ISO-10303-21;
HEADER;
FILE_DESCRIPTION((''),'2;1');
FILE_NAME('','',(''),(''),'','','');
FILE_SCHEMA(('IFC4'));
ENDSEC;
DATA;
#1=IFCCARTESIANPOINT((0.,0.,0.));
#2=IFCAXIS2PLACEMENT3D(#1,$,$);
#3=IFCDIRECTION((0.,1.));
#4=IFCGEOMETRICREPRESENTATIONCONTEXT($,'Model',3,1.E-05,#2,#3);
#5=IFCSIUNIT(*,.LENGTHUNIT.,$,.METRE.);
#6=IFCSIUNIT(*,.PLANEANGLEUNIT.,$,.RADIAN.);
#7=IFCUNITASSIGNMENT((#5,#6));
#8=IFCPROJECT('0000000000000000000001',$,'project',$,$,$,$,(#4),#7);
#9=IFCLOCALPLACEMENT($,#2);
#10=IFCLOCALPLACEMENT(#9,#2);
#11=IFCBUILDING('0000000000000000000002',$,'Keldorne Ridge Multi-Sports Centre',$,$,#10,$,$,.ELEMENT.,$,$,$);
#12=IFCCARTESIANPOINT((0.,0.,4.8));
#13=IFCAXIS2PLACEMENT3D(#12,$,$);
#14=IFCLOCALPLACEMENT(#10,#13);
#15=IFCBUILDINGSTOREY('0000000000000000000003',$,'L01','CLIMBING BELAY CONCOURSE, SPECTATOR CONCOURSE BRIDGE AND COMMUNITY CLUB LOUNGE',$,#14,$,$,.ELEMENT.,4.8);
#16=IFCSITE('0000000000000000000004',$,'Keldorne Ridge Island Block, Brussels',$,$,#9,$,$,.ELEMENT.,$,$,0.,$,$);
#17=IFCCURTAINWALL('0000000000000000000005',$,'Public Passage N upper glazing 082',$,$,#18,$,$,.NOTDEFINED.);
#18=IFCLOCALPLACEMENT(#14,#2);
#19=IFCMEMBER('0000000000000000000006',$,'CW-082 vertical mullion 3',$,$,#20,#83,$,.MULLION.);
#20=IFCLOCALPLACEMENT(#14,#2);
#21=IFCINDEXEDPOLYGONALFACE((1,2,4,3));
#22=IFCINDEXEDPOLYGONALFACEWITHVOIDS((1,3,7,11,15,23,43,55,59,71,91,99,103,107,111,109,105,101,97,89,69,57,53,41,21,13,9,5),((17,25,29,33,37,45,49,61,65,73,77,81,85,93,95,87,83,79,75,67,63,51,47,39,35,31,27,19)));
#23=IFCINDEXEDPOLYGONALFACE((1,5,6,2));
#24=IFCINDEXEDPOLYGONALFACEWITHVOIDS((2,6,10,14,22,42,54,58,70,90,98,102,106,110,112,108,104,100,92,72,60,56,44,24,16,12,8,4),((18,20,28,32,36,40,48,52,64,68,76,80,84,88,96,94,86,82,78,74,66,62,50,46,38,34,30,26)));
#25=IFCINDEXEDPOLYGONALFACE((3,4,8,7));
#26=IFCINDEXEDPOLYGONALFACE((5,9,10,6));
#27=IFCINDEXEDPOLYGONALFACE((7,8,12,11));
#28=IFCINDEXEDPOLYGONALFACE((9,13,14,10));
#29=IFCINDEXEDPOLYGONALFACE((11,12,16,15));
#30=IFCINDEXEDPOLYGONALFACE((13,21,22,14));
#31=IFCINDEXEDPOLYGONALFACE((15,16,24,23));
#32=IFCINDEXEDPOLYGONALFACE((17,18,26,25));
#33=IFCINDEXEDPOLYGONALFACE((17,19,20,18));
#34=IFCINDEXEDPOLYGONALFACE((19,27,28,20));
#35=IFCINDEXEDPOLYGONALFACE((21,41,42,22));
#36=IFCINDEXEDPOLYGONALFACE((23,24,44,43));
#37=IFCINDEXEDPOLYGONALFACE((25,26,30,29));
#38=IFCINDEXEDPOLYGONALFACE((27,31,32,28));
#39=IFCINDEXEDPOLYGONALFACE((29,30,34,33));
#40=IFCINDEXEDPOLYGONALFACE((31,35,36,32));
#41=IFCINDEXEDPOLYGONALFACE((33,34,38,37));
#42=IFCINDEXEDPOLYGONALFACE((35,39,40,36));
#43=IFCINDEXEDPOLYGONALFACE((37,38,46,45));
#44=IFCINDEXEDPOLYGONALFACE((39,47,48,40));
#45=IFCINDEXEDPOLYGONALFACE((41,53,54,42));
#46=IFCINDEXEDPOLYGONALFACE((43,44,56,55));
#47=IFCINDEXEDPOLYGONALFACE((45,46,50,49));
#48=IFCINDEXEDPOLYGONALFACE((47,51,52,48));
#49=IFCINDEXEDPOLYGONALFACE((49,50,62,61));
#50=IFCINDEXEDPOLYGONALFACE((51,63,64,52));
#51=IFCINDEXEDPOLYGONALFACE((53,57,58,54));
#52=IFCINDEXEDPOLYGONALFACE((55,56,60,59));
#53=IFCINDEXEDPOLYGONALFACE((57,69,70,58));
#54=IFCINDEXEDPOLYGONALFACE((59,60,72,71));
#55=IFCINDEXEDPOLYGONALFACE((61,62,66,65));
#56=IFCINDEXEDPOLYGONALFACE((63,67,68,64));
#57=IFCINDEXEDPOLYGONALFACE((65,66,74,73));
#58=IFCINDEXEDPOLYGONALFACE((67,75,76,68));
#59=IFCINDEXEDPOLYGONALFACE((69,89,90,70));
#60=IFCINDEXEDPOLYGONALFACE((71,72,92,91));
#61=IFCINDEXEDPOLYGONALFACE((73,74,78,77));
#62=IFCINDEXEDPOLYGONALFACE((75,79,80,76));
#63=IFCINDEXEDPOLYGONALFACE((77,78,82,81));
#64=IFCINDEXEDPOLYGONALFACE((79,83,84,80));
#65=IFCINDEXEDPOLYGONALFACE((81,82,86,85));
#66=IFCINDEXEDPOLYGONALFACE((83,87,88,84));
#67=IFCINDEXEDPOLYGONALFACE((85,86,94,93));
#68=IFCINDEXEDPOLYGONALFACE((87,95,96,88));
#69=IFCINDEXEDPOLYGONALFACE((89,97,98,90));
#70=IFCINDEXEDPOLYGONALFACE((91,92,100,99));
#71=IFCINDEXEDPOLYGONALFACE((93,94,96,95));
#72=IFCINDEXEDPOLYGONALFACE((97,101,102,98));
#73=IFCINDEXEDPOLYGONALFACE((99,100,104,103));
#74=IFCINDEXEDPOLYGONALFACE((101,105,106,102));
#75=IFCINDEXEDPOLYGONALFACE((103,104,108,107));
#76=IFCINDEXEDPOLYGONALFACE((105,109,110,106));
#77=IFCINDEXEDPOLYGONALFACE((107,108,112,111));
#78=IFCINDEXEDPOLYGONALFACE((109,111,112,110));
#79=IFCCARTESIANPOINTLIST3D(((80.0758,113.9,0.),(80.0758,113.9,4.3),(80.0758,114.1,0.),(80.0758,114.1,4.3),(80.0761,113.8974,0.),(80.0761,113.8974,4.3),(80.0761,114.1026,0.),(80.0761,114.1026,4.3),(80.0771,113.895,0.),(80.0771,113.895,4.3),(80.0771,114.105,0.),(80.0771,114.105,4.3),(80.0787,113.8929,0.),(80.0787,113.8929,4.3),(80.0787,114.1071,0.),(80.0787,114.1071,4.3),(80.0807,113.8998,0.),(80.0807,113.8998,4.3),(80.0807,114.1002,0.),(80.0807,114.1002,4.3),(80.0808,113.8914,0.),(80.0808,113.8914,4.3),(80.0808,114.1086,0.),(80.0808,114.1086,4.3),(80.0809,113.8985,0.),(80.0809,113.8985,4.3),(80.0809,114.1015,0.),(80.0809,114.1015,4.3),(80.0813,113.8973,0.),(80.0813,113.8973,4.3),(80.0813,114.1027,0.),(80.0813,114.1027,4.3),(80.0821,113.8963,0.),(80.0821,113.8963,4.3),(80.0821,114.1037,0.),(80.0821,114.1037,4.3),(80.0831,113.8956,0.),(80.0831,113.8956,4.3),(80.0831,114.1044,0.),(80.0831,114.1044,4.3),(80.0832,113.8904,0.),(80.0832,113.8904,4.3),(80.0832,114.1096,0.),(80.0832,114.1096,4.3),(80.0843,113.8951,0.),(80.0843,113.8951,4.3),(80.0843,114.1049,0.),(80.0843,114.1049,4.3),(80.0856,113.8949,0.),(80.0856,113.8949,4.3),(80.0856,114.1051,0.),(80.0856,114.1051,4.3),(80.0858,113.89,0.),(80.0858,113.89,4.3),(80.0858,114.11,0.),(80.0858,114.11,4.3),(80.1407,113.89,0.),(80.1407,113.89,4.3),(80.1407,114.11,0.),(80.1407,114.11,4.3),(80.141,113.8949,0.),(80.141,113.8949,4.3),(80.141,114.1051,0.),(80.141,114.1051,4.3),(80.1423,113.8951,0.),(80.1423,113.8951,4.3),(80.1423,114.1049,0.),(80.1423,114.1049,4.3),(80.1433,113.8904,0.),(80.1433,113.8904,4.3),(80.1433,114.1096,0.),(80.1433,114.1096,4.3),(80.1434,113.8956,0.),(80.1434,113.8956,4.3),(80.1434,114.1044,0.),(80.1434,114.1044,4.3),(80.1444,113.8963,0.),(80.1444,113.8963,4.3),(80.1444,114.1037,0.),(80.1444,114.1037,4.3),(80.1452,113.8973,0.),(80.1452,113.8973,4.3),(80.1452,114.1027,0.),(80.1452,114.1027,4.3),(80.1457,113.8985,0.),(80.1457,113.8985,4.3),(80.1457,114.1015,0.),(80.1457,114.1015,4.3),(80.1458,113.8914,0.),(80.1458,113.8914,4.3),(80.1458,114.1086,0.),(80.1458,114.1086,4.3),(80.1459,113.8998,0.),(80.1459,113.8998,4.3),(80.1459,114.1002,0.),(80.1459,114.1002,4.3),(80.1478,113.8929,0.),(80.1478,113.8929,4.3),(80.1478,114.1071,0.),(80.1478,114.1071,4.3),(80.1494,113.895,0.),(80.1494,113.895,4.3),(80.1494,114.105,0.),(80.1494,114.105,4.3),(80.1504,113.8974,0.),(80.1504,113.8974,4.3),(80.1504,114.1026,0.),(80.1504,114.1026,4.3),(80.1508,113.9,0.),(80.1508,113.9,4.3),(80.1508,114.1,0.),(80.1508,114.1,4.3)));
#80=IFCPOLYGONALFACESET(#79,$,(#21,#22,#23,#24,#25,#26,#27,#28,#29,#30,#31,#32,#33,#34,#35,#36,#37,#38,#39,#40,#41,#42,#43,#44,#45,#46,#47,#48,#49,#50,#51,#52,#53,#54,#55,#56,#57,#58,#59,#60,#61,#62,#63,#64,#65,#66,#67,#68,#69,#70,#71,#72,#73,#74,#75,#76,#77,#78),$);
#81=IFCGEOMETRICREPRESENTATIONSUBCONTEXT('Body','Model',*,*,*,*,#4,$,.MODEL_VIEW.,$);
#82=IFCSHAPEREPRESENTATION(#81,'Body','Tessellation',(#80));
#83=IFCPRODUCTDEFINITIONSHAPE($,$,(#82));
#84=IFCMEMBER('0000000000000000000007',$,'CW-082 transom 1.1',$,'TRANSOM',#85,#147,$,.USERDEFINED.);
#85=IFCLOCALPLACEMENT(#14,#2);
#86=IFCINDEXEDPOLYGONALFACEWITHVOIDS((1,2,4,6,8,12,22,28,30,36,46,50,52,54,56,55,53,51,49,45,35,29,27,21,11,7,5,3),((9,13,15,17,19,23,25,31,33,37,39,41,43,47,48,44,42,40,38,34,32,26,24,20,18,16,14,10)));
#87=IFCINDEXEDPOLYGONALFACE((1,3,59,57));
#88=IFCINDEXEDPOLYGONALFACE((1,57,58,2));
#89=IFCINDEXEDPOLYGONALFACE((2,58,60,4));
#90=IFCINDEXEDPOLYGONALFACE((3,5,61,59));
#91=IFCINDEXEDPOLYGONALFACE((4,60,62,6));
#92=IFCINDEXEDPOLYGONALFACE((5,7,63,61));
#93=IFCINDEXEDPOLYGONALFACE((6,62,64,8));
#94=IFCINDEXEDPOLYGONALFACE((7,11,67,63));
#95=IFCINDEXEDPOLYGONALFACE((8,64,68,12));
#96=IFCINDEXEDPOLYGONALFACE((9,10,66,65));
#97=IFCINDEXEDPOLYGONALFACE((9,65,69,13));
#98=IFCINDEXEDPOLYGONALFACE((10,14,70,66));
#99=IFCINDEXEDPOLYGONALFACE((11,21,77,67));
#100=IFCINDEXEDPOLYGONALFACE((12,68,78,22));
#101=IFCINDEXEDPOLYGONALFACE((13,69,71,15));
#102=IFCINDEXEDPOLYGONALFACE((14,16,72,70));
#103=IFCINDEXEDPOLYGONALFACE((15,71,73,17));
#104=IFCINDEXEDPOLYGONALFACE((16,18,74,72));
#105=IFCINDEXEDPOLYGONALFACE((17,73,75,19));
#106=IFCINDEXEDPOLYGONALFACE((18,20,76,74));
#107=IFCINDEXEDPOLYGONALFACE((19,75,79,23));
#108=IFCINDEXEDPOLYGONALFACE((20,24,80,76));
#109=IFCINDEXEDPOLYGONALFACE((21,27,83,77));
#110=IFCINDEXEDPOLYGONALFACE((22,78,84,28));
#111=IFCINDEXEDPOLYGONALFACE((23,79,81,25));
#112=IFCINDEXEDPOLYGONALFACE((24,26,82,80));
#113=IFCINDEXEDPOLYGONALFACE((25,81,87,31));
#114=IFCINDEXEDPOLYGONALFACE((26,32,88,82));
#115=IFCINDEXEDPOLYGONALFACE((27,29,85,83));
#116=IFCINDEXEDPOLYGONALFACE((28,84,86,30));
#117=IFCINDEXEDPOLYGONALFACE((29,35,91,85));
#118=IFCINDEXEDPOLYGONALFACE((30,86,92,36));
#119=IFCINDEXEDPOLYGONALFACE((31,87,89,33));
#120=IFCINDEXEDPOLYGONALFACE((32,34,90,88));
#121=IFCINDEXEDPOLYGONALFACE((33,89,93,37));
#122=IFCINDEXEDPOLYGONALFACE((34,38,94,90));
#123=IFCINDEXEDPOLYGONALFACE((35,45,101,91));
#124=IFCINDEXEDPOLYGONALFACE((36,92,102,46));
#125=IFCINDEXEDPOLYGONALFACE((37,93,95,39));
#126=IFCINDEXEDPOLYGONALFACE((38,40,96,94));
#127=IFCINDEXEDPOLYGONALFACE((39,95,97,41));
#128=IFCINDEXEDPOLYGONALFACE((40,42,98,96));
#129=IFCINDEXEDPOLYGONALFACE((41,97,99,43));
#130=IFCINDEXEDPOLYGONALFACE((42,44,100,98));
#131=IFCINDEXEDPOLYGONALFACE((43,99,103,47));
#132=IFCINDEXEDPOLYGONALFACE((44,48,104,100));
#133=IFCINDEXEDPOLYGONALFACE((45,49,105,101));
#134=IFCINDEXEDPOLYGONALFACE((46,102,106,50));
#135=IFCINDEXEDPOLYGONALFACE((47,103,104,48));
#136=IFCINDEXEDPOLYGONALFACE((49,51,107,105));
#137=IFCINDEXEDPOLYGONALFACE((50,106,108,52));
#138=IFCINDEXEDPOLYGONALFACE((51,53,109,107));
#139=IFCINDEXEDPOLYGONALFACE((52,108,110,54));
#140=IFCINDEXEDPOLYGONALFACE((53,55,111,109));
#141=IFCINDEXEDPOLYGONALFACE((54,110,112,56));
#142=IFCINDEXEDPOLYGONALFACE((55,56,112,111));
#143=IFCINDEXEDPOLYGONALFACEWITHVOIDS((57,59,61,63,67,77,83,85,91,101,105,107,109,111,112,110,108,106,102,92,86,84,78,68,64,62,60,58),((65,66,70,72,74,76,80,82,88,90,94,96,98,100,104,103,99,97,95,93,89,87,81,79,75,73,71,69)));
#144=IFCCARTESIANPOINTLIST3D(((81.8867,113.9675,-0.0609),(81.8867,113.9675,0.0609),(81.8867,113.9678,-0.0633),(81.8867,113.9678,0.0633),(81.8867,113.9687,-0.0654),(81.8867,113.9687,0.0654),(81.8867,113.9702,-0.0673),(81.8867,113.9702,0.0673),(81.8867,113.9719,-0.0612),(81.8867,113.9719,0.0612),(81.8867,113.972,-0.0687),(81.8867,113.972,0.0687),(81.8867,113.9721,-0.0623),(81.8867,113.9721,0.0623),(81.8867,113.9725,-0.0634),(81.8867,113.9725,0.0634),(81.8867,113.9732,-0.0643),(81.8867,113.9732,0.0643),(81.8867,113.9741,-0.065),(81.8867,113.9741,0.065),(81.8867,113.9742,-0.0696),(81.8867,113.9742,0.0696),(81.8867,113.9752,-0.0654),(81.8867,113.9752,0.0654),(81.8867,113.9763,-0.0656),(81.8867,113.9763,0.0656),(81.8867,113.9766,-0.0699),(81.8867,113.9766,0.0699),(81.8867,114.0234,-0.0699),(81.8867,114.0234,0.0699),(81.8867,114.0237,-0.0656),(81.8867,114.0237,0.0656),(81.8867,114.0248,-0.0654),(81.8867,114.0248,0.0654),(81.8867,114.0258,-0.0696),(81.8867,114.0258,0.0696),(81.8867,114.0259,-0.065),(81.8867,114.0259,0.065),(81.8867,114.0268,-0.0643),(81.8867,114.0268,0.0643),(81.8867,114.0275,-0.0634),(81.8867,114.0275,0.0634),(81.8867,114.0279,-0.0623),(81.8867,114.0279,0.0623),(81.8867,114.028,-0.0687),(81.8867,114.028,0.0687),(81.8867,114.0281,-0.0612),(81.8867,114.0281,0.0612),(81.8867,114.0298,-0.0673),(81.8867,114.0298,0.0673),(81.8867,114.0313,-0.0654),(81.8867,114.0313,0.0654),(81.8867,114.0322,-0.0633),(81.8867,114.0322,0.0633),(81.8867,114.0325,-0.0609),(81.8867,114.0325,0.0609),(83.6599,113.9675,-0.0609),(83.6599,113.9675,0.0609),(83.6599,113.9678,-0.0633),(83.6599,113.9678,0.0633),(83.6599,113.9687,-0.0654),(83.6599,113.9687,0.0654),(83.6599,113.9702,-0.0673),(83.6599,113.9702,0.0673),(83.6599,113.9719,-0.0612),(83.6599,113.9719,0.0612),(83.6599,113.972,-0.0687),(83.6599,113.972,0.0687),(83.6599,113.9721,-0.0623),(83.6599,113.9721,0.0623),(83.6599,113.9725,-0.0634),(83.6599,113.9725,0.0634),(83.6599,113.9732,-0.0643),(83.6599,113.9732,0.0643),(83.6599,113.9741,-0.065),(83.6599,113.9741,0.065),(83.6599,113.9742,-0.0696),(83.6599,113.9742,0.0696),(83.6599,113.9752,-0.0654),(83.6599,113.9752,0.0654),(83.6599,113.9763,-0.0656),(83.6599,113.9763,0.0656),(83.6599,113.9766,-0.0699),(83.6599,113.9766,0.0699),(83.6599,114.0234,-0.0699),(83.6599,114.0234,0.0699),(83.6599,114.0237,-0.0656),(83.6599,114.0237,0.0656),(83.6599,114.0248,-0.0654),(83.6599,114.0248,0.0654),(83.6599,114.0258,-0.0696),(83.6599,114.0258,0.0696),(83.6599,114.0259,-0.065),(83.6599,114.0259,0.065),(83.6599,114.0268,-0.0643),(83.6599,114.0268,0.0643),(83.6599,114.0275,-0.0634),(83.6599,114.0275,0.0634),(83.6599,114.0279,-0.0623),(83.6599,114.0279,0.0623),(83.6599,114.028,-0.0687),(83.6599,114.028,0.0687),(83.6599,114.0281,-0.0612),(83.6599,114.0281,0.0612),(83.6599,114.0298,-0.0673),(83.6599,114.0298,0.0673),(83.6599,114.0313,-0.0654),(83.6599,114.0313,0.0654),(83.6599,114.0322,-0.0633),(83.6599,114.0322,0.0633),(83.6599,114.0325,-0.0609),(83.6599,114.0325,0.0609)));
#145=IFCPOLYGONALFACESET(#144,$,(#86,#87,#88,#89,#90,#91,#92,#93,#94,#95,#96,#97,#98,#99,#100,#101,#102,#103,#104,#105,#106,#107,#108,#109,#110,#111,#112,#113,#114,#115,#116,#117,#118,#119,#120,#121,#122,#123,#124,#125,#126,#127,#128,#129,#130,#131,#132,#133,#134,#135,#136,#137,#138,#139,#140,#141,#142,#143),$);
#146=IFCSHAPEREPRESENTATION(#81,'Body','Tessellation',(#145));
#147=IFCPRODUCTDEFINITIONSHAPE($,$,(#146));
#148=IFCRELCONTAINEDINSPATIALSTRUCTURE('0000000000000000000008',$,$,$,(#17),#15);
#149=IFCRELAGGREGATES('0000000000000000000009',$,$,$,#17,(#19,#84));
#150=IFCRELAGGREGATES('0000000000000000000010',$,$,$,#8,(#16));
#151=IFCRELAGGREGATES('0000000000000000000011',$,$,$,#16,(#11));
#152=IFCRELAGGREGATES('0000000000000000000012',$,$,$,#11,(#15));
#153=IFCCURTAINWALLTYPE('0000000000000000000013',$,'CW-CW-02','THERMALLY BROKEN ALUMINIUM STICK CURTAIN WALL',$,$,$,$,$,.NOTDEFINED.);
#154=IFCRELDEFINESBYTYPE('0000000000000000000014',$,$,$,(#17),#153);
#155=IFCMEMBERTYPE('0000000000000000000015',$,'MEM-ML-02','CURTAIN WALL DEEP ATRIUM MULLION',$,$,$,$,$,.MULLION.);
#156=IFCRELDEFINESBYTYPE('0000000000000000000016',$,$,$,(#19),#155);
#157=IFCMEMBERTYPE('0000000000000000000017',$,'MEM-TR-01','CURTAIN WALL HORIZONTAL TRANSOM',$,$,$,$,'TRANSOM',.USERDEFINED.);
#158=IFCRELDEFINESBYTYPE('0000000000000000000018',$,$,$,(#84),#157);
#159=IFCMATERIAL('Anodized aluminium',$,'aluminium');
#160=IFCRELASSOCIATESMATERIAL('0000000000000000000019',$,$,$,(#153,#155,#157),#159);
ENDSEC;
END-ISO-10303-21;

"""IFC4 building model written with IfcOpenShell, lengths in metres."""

from ifc_helpers import new_model, si_unit, direction, frame, origin, origin_2d, place, context, subcontext, project, spatial, hollow_rectangle, extrude, material, material_profile, profile_set, type_object, element, aggregate, save


model = new_model("IFC4")

# Units and contexts
model_context = context("Model", 3, precision=1e-05, world=origin(), true_north=direction((0.0, 1.0)))
body_context = subcontext(model_context, "Body", "Model", "MODEL_VIEW")
ifc_project = project(units=[si_unit("LENGTHUNIT", "METRE"), si_unit("PLANEANGLEUNIT", "RADIAN")], contexts=[model_context])

# Site, building, storey
site_placement = place(None, origin())
site = spatial("IfcSite", under=ifc_project, at=site_placement, Name="Keldorne Ridge Island Block, Brussels", CompositionType="ELEMENT", RefElevation=0.0)
building_placement = place(site_placement, origin())
building = spatial("IfcBuilding", under=site, at=building_placement, Name="Keldorne Ridge Multi-Sports Centre", CompositionType="ELEMENT")
storey_placement = place(building_placement, frame((0.0, 0.0, 4.8)))
storey = spatial("IfcBuildingStorey", under=building, at=storey_placement, Name="L01", Description="CLIMBING BELAY CONCOURSE, SPECTATOR CONCOURSE BRIDGE AND COMMUNITY CLUB LOUNGE", CompositionType="ELEMENT", Elevation=4.8)

# Curtain wall, members
ifc_material_1 = material(Name="Anodized aluminium", Category="aluminium")
curtain_wall_type = type_object("IfcCurtainWallType", Name="CW-CW-02", Description="THERMALLY BROKEN ALUMINIUM STICK CURTAIN WALL", PredefinedType="NOTDEFINED", material=ifc_material_1)
curtain_wall_placement = place(storey_placement, origin())
curtain_wall = element("IfcCurtainWall", 1, at=curtain_wall_placement, inside=storey, type_object=curtain_wall_type, Name="Public Passage N upper glazing 082", PredefinedType="NOTDEFINED")
ifc_material_profile_1 = material_profile(ifc_material_1, hollow_rectangle(XDim=0.075, YDim=0.22, WallThickness=0.0049, InnerFilletRadius=0.0049, OuterFilletRadius=0.01, at=origin_2d()), Name="ALU MULLION 220x75x5")
ifc_profile_set_1 = profile_set([ifc_material_profile_1], Name="Anodized aluminium")
member_type_1 = type_object("IfcMemberType", Name="MEM-ML-02", Description="CURTAIN WALL DEEP ATRIUM MULLION", PredefinedType="MULLION", material=ifc_profile_set_1)
member_1_placement = place(storey_placement, frame((80.1133, 114.0, 0.0), z_axis=(0.0, 0.0, 1.0), x_axis=(1.0, 0.0, 0.0)))
member_1 = element("IfcMember", 2, at=member_1_placement, type_object=member_type_1, Name="CW-082 vertical mullion 3", PredefinedType="MULLION", context=body_context, shape_type="SweptSolid", body=[
    extrude(hollow_rectangle(XDim=0.075, YDim=0.22, WallThickness=0.0049, InnerFilletRadius=0.0049, OuterFilletRadius=0.01, at=origin_2d()), origin(), (0.0, 0.0, 1.0), 4.3),
])
ifc_material_profile_2 = material_profile(ifc_material_1, hollow_rectangle(XDim=0.0649, YDim=0.1399, WallThickness=0.0044, InnerFilletRadius=0.0044, OuterFilletRadius=0.009, at=origin_2d()), Name="ALU TRANSOM 140x65x4.5")
ifc_profile_set_2 = profile_set([ifc_material_profile_2], Name="Anodized aluminium")
member_type_2 = type_object("IfcMemberType", Name="MEM-TR-01", Description="CURTAIN WALL HORIZONTAL TRANSOM", ElementType="TRANSOM", PredefinedType="USERDEFINED", material=ifc_profile_set_2)
member_2_placement = place(storey_placement, frame((83.6599, 114.0, 0.0), z_axis=(-1.0, 0.0, 0.0), x_axis=(0.0, -1.0, 0.0)))
member_2 = element("IfcMember", 3, at=member_2_placement, type_object=member_type_2, Name="CW-082 transom 1.1", ObjectType="TRANSOM", PredefinedType="USERDEFINED", context=body_context, shape_type="SweptSolid", body=[
    extrude(hollow_rectangle(XDim=0.0649, YDim=0.1399, WallThickness=0.0044, InnerFilletRadius=0.0044, OuterFilletRadius=0.009, at=origin_2d()), origin(), (0.0, 0.0, 1.0), 1.7732),
])
aggregate(curtain_wall, [member_1, member_2])

save(model, "model.ifc")
